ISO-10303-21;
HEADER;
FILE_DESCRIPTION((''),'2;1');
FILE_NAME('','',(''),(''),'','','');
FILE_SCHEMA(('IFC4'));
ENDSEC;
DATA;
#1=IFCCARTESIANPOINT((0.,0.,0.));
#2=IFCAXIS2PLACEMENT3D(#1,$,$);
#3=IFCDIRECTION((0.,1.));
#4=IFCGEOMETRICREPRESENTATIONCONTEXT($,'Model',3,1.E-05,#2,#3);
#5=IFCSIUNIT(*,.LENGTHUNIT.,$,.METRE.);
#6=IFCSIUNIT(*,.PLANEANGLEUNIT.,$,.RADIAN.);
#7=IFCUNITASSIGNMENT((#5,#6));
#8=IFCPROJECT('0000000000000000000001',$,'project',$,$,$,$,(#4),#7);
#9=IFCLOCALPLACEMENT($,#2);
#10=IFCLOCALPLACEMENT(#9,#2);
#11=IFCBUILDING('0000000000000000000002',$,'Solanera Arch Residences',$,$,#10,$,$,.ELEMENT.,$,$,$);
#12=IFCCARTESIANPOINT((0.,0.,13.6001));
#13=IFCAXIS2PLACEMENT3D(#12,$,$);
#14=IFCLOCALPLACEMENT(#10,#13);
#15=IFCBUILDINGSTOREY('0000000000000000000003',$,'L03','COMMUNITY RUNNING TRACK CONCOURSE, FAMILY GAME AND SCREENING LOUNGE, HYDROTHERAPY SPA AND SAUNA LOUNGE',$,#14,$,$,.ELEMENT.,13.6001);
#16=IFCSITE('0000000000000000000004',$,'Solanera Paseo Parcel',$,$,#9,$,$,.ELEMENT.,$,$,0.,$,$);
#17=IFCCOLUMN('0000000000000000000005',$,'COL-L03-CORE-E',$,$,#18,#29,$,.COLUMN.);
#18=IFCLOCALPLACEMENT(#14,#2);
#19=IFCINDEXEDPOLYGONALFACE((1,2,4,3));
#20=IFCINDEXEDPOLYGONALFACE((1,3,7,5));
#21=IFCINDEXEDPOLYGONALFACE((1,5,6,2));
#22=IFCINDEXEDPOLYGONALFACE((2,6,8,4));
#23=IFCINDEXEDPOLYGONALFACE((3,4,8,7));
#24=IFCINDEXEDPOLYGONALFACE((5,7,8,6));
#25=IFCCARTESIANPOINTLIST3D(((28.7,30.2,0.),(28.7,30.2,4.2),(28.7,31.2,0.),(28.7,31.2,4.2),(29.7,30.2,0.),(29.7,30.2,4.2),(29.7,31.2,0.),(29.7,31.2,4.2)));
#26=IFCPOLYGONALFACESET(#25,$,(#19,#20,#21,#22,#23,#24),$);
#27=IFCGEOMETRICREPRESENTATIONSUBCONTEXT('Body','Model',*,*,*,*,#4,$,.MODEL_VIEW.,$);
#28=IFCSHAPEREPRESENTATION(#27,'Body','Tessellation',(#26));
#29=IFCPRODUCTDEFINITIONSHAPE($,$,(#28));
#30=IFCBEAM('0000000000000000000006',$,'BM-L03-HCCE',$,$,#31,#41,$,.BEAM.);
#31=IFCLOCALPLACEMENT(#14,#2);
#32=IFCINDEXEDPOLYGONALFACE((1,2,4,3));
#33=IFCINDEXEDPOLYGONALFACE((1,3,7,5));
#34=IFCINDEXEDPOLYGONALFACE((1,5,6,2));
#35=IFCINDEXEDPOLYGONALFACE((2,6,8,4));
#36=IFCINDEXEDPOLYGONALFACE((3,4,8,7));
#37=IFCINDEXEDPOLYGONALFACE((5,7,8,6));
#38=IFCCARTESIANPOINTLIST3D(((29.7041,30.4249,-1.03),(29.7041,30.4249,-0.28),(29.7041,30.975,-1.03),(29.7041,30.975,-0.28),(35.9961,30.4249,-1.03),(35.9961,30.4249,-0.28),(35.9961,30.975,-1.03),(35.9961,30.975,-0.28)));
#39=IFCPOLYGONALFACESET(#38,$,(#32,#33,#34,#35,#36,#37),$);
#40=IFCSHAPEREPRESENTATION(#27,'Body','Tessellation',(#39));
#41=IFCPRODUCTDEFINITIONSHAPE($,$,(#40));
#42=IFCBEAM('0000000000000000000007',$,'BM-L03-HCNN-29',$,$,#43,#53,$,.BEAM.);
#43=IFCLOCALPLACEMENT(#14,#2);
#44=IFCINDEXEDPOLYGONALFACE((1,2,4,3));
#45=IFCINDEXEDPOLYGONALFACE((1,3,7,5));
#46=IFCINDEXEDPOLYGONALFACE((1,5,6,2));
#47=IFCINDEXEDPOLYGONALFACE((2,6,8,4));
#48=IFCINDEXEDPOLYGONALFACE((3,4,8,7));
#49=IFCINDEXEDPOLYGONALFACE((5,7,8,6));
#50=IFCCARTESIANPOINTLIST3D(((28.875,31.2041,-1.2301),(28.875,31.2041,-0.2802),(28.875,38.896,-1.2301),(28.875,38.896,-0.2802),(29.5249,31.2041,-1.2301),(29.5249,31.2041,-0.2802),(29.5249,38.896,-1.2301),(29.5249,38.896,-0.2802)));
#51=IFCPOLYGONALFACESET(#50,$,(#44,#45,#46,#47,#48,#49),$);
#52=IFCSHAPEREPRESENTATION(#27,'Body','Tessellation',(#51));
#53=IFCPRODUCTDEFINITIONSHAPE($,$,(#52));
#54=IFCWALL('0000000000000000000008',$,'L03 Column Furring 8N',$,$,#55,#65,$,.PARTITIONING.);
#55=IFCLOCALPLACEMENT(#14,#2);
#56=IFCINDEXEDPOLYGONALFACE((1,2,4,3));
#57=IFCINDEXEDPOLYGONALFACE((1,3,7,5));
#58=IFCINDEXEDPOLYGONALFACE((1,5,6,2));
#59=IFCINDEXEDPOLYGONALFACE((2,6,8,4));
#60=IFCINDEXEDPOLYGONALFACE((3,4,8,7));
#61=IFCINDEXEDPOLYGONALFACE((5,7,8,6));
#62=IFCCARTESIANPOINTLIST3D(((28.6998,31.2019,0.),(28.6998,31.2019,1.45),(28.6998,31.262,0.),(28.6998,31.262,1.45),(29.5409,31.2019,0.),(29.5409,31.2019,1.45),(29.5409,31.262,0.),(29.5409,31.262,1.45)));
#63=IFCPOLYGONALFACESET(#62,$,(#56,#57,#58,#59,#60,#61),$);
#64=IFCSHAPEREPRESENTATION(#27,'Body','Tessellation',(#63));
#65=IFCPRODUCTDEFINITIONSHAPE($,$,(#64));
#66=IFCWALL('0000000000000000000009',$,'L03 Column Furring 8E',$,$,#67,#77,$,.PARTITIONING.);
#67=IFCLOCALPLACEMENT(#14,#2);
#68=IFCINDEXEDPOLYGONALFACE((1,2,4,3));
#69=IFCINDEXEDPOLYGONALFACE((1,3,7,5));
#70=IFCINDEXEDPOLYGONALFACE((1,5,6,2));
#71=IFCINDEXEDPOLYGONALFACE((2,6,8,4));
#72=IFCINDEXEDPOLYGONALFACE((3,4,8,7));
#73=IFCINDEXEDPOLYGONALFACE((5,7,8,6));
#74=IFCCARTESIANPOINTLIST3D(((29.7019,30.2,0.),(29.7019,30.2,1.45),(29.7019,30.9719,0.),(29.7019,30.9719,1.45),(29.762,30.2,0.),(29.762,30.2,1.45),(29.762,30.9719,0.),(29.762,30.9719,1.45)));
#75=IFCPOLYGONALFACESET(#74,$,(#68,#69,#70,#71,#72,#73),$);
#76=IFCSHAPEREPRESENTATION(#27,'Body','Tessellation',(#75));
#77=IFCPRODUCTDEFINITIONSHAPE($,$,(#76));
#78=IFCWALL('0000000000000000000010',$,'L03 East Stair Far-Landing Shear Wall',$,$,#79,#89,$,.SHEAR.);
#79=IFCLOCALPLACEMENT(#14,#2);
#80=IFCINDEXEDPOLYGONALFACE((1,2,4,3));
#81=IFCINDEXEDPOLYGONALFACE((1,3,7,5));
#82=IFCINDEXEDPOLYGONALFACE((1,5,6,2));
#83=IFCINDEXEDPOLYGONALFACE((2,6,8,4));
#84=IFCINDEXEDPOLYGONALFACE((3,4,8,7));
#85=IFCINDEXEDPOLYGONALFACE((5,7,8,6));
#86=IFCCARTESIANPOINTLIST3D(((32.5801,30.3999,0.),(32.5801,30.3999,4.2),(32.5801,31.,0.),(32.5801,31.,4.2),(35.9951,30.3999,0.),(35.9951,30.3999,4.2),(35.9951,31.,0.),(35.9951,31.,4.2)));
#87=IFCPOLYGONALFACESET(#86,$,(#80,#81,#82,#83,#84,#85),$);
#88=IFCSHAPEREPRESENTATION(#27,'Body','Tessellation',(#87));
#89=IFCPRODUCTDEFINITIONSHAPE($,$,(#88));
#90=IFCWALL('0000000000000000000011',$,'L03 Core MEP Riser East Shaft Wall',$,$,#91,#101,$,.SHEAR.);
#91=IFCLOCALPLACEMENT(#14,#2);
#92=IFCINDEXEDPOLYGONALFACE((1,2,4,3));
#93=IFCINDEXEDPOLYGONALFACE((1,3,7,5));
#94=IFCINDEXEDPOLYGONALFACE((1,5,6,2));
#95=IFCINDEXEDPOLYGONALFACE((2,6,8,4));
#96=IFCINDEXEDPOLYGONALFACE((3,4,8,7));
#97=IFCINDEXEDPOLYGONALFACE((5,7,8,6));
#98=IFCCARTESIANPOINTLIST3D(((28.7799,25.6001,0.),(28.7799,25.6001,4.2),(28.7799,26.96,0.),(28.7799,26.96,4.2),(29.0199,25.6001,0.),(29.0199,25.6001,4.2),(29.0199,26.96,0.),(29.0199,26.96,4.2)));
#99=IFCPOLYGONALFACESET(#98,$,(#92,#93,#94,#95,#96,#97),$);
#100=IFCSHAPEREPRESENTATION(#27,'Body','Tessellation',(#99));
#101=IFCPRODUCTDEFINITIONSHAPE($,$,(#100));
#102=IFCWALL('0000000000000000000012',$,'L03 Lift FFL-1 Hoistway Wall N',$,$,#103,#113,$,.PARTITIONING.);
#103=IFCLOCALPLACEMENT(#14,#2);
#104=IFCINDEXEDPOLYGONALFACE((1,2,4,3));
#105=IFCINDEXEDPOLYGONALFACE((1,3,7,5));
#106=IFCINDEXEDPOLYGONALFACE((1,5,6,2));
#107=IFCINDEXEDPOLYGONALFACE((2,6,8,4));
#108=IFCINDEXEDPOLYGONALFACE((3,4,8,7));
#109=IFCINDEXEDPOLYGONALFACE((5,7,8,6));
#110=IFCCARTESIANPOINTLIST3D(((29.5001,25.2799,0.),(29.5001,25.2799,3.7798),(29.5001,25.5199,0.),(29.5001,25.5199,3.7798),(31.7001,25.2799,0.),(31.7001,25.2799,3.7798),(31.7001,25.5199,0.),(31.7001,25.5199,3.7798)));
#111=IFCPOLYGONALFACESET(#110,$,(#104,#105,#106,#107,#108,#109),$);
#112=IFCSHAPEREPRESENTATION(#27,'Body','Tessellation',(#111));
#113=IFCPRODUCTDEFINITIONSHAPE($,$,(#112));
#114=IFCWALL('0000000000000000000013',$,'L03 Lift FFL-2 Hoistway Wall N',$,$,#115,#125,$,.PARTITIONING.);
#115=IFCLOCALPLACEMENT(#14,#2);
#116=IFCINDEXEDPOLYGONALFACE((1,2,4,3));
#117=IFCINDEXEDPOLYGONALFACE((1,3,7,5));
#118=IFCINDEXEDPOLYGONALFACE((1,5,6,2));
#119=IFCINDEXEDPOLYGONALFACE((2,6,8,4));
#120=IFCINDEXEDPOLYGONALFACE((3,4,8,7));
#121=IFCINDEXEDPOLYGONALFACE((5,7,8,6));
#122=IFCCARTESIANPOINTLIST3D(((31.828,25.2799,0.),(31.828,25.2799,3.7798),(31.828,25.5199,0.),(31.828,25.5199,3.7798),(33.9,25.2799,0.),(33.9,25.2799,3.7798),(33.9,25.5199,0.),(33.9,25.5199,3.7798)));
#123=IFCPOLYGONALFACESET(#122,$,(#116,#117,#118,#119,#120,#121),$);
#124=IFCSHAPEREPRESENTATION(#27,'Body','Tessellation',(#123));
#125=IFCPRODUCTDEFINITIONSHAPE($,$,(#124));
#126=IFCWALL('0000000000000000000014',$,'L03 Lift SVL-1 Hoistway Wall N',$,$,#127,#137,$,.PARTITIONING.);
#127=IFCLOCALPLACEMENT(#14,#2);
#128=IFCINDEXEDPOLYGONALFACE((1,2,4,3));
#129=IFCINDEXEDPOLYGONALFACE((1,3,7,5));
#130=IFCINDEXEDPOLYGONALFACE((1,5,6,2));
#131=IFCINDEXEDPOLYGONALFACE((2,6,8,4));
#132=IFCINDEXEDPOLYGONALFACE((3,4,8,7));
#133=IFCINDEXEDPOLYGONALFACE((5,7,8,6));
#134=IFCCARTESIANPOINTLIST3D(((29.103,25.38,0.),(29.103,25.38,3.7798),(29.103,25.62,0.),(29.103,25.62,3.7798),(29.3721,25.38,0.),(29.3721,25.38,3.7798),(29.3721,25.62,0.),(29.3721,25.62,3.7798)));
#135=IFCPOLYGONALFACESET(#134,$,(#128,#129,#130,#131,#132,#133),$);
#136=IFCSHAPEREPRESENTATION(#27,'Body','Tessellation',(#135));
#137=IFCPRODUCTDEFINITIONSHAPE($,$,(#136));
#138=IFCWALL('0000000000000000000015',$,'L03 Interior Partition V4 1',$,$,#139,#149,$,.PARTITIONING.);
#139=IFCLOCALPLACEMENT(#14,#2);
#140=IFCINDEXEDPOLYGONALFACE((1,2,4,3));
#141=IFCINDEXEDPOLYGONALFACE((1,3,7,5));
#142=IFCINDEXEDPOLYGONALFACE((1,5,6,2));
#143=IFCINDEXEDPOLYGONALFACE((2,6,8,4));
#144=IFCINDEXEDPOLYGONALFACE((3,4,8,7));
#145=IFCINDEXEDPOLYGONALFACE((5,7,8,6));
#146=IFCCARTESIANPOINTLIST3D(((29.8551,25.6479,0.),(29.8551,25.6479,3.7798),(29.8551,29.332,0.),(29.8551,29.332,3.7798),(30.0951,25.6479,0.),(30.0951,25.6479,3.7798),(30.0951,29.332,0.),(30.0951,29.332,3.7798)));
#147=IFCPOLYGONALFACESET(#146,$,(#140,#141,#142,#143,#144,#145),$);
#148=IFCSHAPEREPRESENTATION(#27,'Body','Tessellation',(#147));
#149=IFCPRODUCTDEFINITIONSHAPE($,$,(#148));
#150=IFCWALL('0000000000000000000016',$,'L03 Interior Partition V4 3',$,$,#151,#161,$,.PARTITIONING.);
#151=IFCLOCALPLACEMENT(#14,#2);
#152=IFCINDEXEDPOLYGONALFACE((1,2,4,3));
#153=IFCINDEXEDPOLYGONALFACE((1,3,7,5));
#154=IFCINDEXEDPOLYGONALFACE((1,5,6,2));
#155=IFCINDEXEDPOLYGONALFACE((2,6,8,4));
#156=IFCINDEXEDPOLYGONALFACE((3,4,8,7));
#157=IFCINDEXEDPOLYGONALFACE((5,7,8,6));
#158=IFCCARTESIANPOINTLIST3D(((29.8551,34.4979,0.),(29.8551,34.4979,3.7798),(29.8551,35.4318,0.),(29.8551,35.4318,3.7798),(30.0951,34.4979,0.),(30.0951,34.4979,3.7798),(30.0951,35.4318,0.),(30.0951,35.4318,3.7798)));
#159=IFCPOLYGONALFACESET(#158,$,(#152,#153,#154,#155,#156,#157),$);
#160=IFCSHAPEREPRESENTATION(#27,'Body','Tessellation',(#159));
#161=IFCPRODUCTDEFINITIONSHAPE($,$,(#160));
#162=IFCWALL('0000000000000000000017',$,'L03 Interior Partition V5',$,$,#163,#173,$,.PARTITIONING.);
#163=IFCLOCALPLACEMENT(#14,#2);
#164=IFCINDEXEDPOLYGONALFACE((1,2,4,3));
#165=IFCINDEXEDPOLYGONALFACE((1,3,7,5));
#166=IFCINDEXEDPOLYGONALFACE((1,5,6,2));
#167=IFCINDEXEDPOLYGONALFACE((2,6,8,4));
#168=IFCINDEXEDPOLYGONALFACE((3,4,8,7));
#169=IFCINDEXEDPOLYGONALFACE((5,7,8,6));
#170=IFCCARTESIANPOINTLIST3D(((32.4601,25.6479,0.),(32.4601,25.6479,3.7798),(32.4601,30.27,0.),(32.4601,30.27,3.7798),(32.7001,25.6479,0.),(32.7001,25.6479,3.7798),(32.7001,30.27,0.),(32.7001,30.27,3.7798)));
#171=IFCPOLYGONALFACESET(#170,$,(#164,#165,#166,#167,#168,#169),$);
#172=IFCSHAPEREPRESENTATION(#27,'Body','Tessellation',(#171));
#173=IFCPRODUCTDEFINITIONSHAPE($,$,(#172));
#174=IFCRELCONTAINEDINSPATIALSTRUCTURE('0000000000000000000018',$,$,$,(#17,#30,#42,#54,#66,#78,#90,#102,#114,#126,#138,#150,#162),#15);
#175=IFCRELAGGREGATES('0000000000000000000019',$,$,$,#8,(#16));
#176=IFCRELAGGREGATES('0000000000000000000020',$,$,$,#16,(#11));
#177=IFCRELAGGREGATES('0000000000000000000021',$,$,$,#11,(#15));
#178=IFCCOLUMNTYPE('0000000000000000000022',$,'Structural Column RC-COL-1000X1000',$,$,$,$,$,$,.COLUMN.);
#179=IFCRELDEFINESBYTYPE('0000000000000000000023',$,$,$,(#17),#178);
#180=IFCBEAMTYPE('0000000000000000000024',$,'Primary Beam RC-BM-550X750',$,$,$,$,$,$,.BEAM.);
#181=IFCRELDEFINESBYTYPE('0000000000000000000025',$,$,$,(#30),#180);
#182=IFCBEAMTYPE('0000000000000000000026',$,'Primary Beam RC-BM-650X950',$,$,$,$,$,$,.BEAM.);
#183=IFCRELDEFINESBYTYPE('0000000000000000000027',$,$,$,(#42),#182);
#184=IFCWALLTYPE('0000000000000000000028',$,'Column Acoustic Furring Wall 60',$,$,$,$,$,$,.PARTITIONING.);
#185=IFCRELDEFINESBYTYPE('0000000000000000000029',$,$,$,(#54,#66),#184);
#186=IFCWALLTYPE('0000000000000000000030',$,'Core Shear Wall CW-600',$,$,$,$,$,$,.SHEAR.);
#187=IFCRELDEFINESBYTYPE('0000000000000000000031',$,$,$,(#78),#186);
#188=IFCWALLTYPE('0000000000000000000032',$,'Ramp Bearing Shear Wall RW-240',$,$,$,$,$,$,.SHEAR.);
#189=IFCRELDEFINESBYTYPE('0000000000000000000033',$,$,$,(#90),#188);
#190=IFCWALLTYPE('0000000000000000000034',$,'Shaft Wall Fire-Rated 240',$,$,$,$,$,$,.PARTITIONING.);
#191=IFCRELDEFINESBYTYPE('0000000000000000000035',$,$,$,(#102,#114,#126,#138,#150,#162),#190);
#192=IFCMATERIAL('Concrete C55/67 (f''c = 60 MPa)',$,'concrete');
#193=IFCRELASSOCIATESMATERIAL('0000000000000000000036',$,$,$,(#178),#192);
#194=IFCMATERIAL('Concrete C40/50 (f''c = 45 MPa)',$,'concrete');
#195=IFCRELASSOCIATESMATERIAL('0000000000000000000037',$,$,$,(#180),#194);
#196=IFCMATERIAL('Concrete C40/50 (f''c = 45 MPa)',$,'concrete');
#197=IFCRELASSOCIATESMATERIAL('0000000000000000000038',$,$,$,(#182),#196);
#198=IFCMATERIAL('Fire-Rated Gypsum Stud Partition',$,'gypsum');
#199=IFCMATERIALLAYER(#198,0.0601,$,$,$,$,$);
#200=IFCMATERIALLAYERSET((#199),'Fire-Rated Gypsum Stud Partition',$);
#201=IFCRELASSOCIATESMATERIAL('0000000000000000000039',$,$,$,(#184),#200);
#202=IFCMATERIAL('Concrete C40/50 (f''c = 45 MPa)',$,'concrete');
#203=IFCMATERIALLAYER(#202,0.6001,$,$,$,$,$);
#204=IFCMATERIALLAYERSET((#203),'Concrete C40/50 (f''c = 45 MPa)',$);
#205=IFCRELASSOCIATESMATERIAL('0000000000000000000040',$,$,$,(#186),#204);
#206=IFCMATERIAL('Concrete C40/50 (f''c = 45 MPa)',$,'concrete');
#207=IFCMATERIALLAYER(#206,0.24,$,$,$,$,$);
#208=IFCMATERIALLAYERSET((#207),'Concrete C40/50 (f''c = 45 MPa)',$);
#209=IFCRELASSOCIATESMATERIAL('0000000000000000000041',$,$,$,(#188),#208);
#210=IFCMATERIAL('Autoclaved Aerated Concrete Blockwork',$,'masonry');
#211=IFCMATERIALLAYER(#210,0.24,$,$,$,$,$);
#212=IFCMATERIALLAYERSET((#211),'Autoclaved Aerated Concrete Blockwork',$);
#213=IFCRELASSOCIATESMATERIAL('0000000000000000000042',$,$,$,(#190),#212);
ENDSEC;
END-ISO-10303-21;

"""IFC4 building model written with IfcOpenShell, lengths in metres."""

from ifc_helpers import new_model, si_unit, direction, frame, frame_2d, origin, origin_2d, place, context, subcontext, project, spatial, rectangle, extrude, material, layer, layer_set, material_profile, profile_set, type_object, element, save


model = new_model("IFC4")

# Units and contexts
model_context = context("Model", 3, precision=1e-05, world=origin(), true_north=direction((0.0, 1.0)))
body_context = subcontext(model_context, "Body", "Model", "MODEL_VIEW")
ifc_project = project(units=[si_unit("LENGTHUNIT", "METRE"), si_unit("PLANEANGLEUNIT", "RADIAN")], contexts=[model_context])

# Site, building, storey
site_placement = place(None, origin())
site = spatial("IfcSite", under=ifc_project, at=site_placement, Name="Solanera Paseo Parcel", CompositionType="ELEMENT", RefElevation=0.0)
building_placement = place(site_placement, origin())
building = spatial("IfcBuilding", under=site, at=building_placement, Name="Solanera Arch Residences", CompositionType="ELEMENT")
storey_placement = place(building_placement, frame((0.0, 0.0, 13.6001)))
storey = spatial("IfcBuildingStorey", under=building, at=storey_placement, Name="L03", Description="COMMUNITY RUNNING TRACK CONCOURSE, FAMILY GAME AND SCREENING LOUNGE, HYDROTHERAPY SPA AND SAUNA LOUNGE", CompositionType="ELEMENT", Elevation=13.6001)

# Column
ifc_material_1 = material(Name="Concrete C55/67 (f'c = 60 MPa)", Category="concrete")
ifc_material_profile_1 = material_profile(ifc_material_1, rectangle(XDim=1.0, YDim=1.0, at=origin_2d()))
ifc_profile_set_1 = profile_set([ifc_material_profile_1], Name="Concrete C55/67 (f'c = 60 MPa)")
column_type = type_object("IfcColumnType", Name="Structural Column RC-COL-1000X1000", PredefinedType="COLUMN", material=ifc_profile_set_1)
column_placement = place(storey_placement, frame((29.2, 30.7, 0.0), z_axis=(0.0, 0.0, 1.0), x_axis=(1.0, 0.0, 0.0)))
element("IfcColumn", 1, at=column_placement, inside=storey, type_object=column_type, Name="COL-L03-CORE-E", PredefinedType="COLUMN", context=body_context, shape_type="SweptSolid", body=[
    extrude(rectangle(XDim=1.0, YDim=1.0, at=origin_2d()), origin(), (0.0, 0.0, 1.0), 4.2),
])

# Beams
ifc_material_2 = material(Name="Concrete C40/50 (f'c = 45 MPa)", Category="concrete")
ifc_material_profile_2 = material_profile(ifc_material_2, rectangle(XDim=0.55, YDim=0.75, at=origin_2d()))
ifc_profile_set_2 = profile_set([ifc_material_profile_2], Name="Concrete C40/50 (f'c = 45 MPa)")
beam_type_1 = type_object("IfcBeamType", Name="Primary Beam RC-BM-550X750", PredefinedType="BEAM", material=ifc_profile_set_2)
beam_1_placement = place(storey_placement, frame((29.7041, 30.7, -0.655), z_axis=(1.0, 0.0, 0.0), x_axis=(0.0, 1.0, 0.0)))
element("IfcBeam", 2, at=beam_1_placement, inside=storey, type_object=beam_type_1, Name="BM-L03-HCCE", PredefinedType="BEAM", context=body_context, shape_type="SweptSolid", body=[
    extrude(rectangle(XDim=0.55, YDim=0.75, at=origin_2d()), origin(), (0.0, 0.0, 1.0), 6.292),
])
ifc_material_3 = material(Name="Concrete C40/50 (f'c = 45 MPa)", Category="concrete")
ifc_material_profile_3 = material_profile(ifc_material_3, rectangle(XDim=0.6499, YDim=0.95, at=origin_2d()))
ifc_profile_set_3 = profile_set([ifc_material_profile_3], Name="Concrete C40/50 (f'c = 45 MPa)")
beam_type_2 = type_object("IfcBeamType", Name="Primary Beam RC-BM-650X950", PredefinedType="BEAM", material=ifc_profile_set_3)
beam_2_placement = place(storey_placement, frame((29.2, 31.2041, -0.7551), z_axis=(0.0, 1.0, 0.0), x_axis=(-1.0, 0.0, 0.0)))
element("IfcBeam", 3, at=beam_2_placement, inside=storey, type_object=beam_type_2, Name="BM-L03-HCNN-29", PredefinedType="BEAM", context=body_context, shape_type="SweptSolid", body=[
    extrude(rectangle(XDim=0.6499, YDim=0.95, at=origin_2d()), origin(), (0.0, 0.0, 1.0), 7.6919),
])

# Walls
ifc_material_4 = material(Name="Fire-Rated Gypsum Stud Partition", Category="gypsum")
ifc_layer_1 = layer(ifc_material_4, 0.0601)
ifc_layer_set_1 = layer_set([ifc_layer_1], Name="Fire-Rated Gypsum Stud Partition")
wall_type_1 = type_object("IfcWallType", Name="Column Acoustic Furring Wall 60", PredefinedType="PARTITIONING", material=ifc_layer_set_1)
wall_1_placement = place(storey_placement, frame((28.7, 31.2319, 0.0), z_axis=(0.0, 0.0, 1.0), x_axis=(1.0, 0.0, 0.0)))
element("IfcWall", 4, at=wall_1_placement, inside=storey, type_object=wall_type_1, Name="L03 Column Furring 8N", PredefinedType="PARTITIONING", context=body_context, shape_type="SweptSolid", body=[
    extrude(rectangle(XDim=0.8411, YDim=0.0601, at=frame_2d((0.4204, 0.0))), origin(), (0.0, 0.0, 1.0), 1.45),
])
wall_2_placement = place(storey_placement, frame((29.7319, 30.2, 0.0), z_axis=(0.0, 0.0, 1.0), x_axis=(0.0, 1.0, 0.0)))
element("IfcWall", 5, at=wall_2_placement, inside=storey, type_object=wall_type_1, Name="L03 Column Furring 8E", PredefinedType="PARTITIONING", context=body_context, shape_type="SweptSolid", body=[
    extrude(rectangle(XDim=0.772, YDim=0.0601, at=frame_2d((0.386, 0.0))), origin(), (0.0, 0.0, 1.0), 1.45),
])

# Walls
ifc_material_5 = material(Name="Concrete C40/50 (f'c = 45 MPa)", Category="concrete")
ifc_layer_2 = layer(ifc_material_5, 0.6001)
ifc_layer_set_2 = layer_set([ifc_layer_2], Name="Concrete C40/50 (f'c = 45 MPa)")
wall_type_2 = type_object("IfcWallType", Name="Core Shear Wall CW-600", PredefinedType="SHEAR", material=ifc_layer_set_2)
wall_3_placement = place(storey_placement, frame((32.5801, 30.7, 0.0), z_axis=(0.0, 0.0, 1.0), x_axis=(1.0, 0.0, 0.0)))
element("IfcWall", 6, at=wall_3_placement, inside=storey, type_object=wall_type_2, Name="L03 East Stair Far-Landing Shear Wall", PredefinedType="SHEAR", context=body_context, shape_type="SweptSolid", body=[
    extrude(rectangle(XDim=3.415, YDim=0.6001, at=frame_2d((1.7075, 0.0))), origin(), (0.0, 0.0, 1.0), 4.2),
])
ifc_material_6 = material(Name="Concrete C40/50 (f'c = 45 MPa)", Category="concrete")
ifc_layer_3 = layer(ifc_material_6, 0.24)
ifc_layer_set_3 = layer_set([ifc_layer_3], Name="Concrete C40/50 (f'c = 45 MPa)")
wall_type_3 = type_object("IfcWallType", Name="Ramp Bearing Shear Wall RW-240", PredefinedType="SHEAR", material=ifc_layer_set_3)
wall_4_placement = place(storey_placement, frame((28.8999, 25.6001, 0.0), z_axis=(0.0, 0.0, 1.0), x_axis=(0.0, 1.0, 0.0)))
element("IfcWall", 7, at=wall_4_placement, inside=storey, type_object=wall_type_3, Name="L03 Core MEP Riser East Shaft Wall", PredefinedType="SHEAR", context=body_context, shape_type="SweptSolid", body=[
    extrude(rectangle(XDim=1.3599, YDim=0.24, at=frame_2d((0.6799, 0.0))), origin(), (0.0, 0.0, 1.0), 4.2),
])
ifc_material_7 = material(Name="Autoclaved Aerated Concrete Blockwork", Category="masonry")
ifc_layer_4 = layer(ifc_material_7, 0.24)
ifc_layer_set_4 = layer_set([ifc_layer_4], Name="Autoclaved Aerated Concrete Blockwork")
wall_type_4 = type_object("IfcWallType", Name="Shaft Wall Fire-Rated 240", PredefinedType="PARTITIONING", material=ifc_layer_set_4)
wall_5_placement = place(storey_placement, frame((29.5, 25.3999, 0.0), z_axis=(0.0, 0.0, 1.0), x_axis=(1.0, 0.0, 0.0)))
element("IfcWall", 8, at=wall_5_placement, inside=storey, type_object=wall_type_4, Name="L03 Lift FFL-1 Hoistway Wall N", PredefinedType="PARTITIONING", context=body_context, shape_type="SweptSolid", body=[
    extrude(rectangle(XDim=2.2, YDim=0.24, at=frame_2d((1.1001, 0.0))), origin(), (0.0, 0.0, 1.0), 3.7798),
])
wall_6_placement = place(storey_placement, frame((31.8279, 25.3999, 0.0), z_axis=(0.0, 0.0, 1.0), x_axis=(1.0, 0.0, 0.0)))
element("IfcWall", 9, at=wall_6_placement, inside=storey, type_object=wall_type_4, Name="L03 Lift FFL-2 Hoistway Wall N", PredefinedType="PARTITIONING", context=body_context, shape_type="SweptSolid", body=[
    extrude(rectangle(XDim=2.072, YDim=0.24, at=frame_2d((1.0361, 0.0))), origin(), (0.0, 0.0, 1.0), 3.7798),
])
wall_7_placement = place(storey_placement, frame((29.103, 25.5, 0.0), z_axis=(0.0, 0.0, 1.0), x_axis=(1.0, 0.0, 0.0)))
element("IfcWall", 10, at=wall_7_placement, inside=storey, type_object=wall_type_4, Name="L03 Lift SVL-1 Hoistway Wall N", PredefinedType="PARTITIONING", context=body_context, shape_type="SweptSolid", body=[
    extrude(rectangle(XDim=0.269, YDim=0.24, at=frame_2d((0.1345, 0.0))), origin(), (0.0, 0.0, 1.0), 3.7798),
])

# Wall
wall_8_placement = place(storey_placement, frame((29.9751, 25.6479, 0.0), z_axis=(0.0, 0.0, 1.0), x_axis=(0.0, 1.0, 0.0)))
element("IfcWall", 11, at=wall_8_placement, inside=storey, type_object=wall_type_4, Name="L03 Interior Partition V4 1", PredefinedType="PARTITIONING", context=body_context, shape_type="SweptSolid", body=[
    extrude(rectangle(XDim=3.6841, YDim=0.24, at=frame_2d((1.842, 0.0))), origin(), (0.0, 0.0, 1.0), 3.7798),
])

# Walls
wall_9_placement = place(storey_placement, frame((29.9751, 34.498, 0.0), z_axis=(0.0, 0.0, 1.0), x_axis=(0.0, 1.0, 0.0)))
element("IfcWall", 12, at=wall_9_placement, inside=storey, type_object=wall_type_4, Name="L03 Interior Partition V4 3", PredefinedType="PARTITIONING", context=body_context, shape_type="SweptSolid", body=[
    extrude(rectangle(XDim=0.9338, YDim=0.24, at=frame_2d((0.4668, 0.0))), origin(), (0.0, 0.0, 1.0), 3.7798),
])
wall_10_placement = place(storey_placement, frame((32.5801, 25.6479, 0.0), z_axis=(0.0, 0.0, 1.0), x_axis=(0.0, 1.0, 0.0)))
element("IfcWall", 13, at=wall_10_placement, inside=storey, type_object=wall_type_4, Name="L03 Interior Partition V5", PredefinedType="PARTITIONING", context=body_context, shape_type="SweptSolid", body=[
    extrude(rectangle(XDim=4.6221, YDim=0.24, at=frame_2d((2.311, 0.0))), origin(), (0.0, 0.0, 1.0), 3.7798),
])

save(model, "model.ifc")
